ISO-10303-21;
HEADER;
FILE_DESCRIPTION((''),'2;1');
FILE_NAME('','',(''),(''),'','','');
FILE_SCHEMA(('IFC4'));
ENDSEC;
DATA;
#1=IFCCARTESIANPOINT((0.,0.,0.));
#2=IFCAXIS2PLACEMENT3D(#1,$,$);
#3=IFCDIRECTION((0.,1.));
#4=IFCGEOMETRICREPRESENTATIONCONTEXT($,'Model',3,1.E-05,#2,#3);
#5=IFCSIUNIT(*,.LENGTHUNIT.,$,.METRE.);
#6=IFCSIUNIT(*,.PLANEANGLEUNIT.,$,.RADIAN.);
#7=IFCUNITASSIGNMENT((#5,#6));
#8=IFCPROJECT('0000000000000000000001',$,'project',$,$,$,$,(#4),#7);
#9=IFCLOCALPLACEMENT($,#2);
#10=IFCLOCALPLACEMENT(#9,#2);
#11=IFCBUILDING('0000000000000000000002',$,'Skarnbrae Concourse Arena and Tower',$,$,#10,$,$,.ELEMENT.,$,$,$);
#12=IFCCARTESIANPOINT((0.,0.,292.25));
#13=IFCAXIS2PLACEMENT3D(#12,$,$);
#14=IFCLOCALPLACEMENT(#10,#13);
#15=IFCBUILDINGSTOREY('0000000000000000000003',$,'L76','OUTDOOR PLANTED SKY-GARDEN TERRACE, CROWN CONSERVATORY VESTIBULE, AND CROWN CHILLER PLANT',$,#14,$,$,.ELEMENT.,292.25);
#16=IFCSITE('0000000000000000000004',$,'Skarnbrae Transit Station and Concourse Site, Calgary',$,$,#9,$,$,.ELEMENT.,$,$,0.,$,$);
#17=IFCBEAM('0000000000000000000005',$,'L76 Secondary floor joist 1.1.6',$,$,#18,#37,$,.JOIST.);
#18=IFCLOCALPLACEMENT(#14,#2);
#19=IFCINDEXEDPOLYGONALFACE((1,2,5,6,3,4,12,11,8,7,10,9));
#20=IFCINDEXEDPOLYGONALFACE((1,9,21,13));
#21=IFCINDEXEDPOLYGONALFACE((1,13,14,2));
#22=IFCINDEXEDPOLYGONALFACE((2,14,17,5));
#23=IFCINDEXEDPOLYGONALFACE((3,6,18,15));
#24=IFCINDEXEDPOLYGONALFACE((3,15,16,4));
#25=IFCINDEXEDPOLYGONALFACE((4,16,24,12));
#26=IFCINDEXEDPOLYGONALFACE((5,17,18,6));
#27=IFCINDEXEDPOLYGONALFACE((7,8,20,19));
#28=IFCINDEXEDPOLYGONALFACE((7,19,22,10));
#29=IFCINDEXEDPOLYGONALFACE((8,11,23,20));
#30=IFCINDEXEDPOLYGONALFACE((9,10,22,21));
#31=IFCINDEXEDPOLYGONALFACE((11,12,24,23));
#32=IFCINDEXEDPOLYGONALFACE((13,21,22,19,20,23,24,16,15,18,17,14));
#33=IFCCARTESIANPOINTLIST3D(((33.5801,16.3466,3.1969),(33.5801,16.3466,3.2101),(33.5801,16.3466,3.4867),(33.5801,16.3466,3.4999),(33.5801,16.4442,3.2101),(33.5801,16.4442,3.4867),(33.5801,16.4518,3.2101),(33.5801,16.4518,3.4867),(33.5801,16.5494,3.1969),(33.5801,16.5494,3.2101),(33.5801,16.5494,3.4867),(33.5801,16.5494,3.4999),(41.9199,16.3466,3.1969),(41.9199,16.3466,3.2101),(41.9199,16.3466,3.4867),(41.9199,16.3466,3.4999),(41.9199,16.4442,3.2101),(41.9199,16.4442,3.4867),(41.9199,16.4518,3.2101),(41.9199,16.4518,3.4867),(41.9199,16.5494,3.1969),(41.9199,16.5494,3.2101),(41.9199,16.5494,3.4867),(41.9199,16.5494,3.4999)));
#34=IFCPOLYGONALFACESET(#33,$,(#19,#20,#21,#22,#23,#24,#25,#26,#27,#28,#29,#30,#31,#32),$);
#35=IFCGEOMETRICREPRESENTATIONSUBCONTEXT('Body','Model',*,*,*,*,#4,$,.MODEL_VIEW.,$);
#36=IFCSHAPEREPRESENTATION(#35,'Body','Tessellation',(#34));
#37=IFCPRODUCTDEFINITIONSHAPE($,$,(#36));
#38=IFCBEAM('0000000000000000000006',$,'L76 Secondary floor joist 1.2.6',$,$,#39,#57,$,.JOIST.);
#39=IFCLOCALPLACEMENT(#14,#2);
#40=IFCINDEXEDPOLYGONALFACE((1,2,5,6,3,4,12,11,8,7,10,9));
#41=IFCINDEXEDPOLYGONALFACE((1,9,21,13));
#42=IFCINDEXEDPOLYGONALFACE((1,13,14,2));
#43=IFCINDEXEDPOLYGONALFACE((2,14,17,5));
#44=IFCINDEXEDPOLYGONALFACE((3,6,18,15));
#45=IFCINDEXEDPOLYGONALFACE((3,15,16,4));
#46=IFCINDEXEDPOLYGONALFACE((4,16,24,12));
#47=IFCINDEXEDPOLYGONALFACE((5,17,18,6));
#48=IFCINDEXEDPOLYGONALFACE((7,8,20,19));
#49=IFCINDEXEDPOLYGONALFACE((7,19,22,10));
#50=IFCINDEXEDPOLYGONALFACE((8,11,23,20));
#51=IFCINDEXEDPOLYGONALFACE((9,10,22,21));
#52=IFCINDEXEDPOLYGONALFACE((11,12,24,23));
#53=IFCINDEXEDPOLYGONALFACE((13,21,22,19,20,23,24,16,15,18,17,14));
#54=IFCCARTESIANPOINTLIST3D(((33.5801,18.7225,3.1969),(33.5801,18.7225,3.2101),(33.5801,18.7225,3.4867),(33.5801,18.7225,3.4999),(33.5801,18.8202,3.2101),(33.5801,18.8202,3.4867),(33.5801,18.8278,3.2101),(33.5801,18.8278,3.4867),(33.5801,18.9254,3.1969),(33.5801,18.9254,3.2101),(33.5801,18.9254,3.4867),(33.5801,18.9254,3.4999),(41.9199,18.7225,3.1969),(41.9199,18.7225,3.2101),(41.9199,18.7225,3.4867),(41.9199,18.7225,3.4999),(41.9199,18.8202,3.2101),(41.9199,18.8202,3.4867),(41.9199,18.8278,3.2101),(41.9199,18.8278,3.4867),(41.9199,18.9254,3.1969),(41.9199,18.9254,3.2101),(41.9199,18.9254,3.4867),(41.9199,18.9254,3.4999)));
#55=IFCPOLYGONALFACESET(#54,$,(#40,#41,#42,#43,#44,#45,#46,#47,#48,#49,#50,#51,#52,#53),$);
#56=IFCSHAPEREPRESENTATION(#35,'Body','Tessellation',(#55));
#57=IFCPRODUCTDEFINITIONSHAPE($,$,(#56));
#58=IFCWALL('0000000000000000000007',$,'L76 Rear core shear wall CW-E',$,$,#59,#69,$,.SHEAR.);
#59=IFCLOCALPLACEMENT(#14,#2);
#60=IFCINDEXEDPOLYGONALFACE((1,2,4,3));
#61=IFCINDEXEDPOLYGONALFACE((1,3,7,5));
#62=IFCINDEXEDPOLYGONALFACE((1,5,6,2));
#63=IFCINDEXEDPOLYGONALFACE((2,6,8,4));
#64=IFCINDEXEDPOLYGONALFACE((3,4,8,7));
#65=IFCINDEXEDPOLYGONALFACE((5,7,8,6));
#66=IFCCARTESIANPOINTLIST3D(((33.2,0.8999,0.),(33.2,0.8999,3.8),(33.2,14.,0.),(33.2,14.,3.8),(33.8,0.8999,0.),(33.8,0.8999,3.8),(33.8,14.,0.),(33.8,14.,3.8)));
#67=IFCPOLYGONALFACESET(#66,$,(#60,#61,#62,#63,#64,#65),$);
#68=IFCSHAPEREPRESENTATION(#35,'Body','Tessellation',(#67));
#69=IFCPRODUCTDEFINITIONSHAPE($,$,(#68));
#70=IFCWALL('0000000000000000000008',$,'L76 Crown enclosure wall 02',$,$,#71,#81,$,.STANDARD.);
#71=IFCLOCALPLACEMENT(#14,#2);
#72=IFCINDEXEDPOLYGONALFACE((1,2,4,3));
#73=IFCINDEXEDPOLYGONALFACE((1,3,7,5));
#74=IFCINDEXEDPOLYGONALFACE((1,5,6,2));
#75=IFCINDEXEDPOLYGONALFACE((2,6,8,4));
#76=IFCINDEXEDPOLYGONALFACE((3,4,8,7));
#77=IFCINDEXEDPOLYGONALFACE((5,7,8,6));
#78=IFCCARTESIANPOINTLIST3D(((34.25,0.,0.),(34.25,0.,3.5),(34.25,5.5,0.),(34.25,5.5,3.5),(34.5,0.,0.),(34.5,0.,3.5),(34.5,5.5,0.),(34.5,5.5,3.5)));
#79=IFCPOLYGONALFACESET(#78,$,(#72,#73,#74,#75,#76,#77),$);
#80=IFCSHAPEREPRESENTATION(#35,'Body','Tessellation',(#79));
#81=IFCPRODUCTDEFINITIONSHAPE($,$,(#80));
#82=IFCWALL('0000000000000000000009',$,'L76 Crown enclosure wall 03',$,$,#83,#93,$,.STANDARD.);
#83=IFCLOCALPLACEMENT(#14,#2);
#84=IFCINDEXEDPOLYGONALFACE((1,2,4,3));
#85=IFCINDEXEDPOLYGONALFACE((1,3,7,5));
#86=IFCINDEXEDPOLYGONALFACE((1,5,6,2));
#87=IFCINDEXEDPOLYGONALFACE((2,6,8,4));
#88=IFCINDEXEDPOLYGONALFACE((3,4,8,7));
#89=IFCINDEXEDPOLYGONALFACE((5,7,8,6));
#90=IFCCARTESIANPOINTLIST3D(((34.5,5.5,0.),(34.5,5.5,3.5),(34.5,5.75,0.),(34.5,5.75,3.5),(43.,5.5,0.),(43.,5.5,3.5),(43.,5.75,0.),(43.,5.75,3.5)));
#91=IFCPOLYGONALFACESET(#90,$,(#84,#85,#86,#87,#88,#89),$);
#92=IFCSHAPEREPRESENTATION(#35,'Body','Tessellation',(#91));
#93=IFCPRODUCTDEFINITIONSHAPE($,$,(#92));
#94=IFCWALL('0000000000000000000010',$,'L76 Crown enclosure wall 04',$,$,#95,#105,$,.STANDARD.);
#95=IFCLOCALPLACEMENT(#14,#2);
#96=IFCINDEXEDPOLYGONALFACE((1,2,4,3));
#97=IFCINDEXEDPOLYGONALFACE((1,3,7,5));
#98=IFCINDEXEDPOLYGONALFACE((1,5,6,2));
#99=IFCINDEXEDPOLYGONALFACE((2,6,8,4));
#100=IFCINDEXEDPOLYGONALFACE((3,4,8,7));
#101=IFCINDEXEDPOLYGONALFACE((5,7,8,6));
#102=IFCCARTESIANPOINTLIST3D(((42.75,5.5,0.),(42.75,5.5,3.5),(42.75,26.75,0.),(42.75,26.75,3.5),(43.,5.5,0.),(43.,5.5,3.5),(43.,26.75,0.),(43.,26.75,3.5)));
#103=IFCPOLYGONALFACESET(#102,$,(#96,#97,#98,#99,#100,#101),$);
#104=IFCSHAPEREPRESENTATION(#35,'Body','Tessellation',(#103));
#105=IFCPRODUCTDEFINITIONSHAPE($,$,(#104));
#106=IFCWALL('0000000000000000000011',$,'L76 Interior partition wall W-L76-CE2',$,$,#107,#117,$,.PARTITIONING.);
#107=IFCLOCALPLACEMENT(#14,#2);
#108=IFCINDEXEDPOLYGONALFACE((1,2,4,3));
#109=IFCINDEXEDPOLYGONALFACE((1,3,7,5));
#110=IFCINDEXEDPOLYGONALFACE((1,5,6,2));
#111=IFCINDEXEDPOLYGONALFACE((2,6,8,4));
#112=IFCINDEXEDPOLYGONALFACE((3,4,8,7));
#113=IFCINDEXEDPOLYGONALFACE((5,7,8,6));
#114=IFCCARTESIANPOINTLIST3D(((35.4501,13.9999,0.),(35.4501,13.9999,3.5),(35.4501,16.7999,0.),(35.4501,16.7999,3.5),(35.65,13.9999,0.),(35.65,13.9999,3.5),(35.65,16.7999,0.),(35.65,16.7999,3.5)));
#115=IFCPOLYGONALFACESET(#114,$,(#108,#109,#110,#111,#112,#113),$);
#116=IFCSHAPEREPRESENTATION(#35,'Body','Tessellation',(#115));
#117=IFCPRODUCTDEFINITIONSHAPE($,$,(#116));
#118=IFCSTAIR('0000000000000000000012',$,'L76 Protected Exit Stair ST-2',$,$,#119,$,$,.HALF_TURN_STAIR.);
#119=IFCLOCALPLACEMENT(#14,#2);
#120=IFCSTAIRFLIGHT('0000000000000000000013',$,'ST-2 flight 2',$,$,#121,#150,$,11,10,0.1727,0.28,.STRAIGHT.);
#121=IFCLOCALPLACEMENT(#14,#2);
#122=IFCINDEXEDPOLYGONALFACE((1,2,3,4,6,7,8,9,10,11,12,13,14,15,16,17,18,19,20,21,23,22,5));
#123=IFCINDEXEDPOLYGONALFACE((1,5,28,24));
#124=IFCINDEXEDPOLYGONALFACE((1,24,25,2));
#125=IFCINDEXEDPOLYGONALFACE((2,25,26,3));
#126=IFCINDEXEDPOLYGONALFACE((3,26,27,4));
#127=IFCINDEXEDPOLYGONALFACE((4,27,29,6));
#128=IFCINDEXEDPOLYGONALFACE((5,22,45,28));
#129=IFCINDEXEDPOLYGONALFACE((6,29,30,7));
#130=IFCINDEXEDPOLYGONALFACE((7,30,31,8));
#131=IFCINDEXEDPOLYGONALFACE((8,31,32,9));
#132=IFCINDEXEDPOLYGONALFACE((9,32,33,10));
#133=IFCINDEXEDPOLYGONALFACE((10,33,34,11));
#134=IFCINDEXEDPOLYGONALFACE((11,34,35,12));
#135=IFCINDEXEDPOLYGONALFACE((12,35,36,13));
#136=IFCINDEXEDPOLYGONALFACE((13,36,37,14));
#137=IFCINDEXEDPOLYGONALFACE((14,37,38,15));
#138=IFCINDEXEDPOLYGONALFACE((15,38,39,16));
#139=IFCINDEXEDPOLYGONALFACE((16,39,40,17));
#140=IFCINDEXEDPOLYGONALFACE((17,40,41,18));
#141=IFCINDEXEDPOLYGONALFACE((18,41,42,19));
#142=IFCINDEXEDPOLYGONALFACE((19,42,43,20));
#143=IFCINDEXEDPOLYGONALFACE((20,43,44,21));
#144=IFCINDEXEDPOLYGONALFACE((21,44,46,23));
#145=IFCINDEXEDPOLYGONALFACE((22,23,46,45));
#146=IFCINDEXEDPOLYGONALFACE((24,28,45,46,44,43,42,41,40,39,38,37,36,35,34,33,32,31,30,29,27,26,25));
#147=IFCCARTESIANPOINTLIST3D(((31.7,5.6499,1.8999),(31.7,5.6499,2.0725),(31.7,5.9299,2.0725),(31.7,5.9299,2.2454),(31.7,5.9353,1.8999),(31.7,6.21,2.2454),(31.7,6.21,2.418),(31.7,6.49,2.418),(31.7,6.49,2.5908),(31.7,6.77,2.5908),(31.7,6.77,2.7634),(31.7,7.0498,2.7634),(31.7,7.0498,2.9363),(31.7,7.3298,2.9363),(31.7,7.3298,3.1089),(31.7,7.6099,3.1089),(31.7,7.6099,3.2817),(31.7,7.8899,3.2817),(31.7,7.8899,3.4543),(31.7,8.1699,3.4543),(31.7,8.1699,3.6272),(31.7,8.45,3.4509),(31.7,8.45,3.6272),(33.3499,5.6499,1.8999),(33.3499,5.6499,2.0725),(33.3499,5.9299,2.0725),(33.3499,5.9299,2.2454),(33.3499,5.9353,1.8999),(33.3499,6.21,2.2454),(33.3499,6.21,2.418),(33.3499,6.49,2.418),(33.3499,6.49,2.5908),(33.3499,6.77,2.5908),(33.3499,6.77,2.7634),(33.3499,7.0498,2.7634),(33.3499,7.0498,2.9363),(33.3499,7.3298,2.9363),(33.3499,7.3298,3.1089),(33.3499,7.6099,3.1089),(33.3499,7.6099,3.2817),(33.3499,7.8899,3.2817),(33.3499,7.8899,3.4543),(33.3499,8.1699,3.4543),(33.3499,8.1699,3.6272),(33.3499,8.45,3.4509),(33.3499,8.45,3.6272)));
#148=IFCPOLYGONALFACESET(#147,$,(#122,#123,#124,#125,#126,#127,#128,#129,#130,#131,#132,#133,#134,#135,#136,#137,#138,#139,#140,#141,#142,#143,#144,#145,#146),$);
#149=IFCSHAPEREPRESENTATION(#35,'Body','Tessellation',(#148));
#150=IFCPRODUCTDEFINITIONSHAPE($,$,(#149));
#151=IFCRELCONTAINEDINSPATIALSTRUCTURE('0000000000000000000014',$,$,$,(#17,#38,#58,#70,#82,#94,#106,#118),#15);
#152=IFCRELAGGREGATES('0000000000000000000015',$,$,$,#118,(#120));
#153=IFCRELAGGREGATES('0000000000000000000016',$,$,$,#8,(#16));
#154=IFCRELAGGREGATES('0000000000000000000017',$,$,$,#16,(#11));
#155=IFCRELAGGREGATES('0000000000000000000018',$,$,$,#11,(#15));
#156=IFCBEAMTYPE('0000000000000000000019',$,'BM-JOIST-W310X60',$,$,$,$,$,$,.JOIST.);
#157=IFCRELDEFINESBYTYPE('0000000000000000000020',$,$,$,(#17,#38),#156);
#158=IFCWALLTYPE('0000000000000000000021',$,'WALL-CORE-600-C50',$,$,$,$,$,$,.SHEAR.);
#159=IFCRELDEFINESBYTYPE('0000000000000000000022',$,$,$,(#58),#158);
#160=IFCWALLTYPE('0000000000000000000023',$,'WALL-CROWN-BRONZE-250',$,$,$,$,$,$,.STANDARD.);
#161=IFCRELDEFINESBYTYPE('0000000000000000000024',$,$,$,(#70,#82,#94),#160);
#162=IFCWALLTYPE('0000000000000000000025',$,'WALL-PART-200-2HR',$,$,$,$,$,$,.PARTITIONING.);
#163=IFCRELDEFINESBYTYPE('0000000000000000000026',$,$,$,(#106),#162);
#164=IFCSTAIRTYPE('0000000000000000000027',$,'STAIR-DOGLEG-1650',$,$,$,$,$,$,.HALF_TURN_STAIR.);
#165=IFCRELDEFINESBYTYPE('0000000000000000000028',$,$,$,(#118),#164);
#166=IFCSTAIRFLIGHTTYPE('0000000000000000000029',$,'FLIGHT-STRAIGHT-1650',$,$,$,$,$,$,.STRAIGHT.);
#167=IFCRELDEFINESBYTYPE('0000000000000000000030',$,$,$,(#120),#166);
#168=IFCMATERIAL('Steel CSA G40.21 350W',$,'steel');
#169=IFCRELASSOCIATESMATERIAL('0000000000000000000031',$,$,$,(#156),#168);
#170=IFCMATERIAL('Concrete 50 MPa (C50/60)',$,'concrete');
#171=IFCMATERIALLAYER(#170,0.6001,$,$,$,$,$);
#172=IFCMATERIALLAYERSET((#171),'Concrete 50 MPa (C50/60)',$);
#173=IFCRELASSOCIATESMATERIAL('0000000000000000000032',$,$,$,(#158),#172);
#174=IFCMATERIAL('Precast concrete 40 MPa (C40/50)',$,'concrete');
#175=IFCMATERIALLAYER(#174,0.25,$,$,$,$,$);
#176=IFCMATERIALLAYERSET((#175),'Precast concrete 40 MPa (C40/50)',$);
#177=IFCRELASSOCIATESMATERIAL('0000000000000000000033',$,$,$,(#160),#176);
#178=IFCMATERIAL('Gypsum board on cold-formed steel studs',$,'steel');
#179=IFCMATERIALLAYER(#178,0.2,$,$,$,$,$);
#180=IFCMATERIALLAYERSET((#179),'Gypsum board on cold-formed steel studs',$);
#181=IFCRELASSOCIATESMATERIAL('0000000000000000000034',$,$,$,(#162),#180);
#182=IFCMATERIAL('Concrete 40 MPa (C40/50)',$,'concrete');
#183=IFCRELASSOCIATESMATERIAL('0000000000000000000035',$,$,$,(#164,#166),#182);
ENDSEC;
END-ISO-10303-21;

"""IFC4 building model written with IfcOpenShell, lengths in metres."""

from ifc_helpers import new_model, si_unit, direction, frame, frame_2d, origin, origin_2d, place, context, subcontext, project, spatial, polyline, rectangle, i_section, outline, extrude, source, transform, mapped, material, layer, layer_set, material_profile, profile_set, type_object, element, aggregate, save


model = new_model("IFC4")

# Units and contexts
model_context = context("Model", 3, precision=1e-05, world=origin(), true_north=direction((0.0, 1.0)))
body_context = subcontext(model_context, "Body", "Model", "MODEL_VIEW")
ifc_project = project(units=[si_unit("LENGTHUNIT", "METRE"), si_unit("PLANEANGLEUNIT", "RADIAN")], contexts=[model_context])

# Site, building, storey
site_placement = place(None, origin())
site = spatial("IfcSite", under=ifc_project, at=site_placement, Name="Skarnbrae Transit Station and Concourse Site, Calgary", CompositionType="ELEMENT", RefElevation=0.0)
building_placement = place(site_placement, origin())
building = spatial("IfcBuilding", under=site, at=building_placement, Name="Skarnbrae Concourse Arena and Tower", CompositionType="ELEMENT")
storey_placement = place(building_placement, frame((0.0, 0.0, 292.25)))
storey = spatial("IfcBuildingStorey", under=building, at=storey_placement, Name="L76", Description="OUTDOOR PLANTED SKY-GARDEN TERRACE, CROWN CONSERVATORY VESTIBULE, AND CROWN CHILLER PLANT", CompositionType="ELEMENT", Elevation=292.25)

# Shared definitions
ifc_material_1 = material(Name="Steel CSA G40.21 350W", Category="steel")

# Beams
ifc_material_profile_1 = material_profile(ifc_material_1, i_section(OverallWidth=0.2029, OverallDepth=0.303, WebThickness=0.0076, FlangeThickness=0.0132, at=origin_2d()), Name="W310X60")
ifc_profile_set_1 = profile_set([ifc_material_profile_1], Name="Steel CSA G40.21 350W")
beam_type_1 = type_object("IfcBeamType", Name="BM-JOIST-W310X60", PredefinedType="JOIST", material=ifc_profile_set_1)
shared_shape_1 = source(origin(), body_context, "Body", "SweptSolid", [
    extrude(i_section(OverallWidth=0.2029, OverallDepth=0.303, WebThickness=0.0076, FlangeThickness=0.0132, at=origin_2d()), origin(), (0.0, 0.0, 1.0), 8.3398),
])
for number, where, z_axis, x_axis, name in (
    (1, (33.5801, 16.448, 3.3484), (1.0, 0.0, 0.0), (0.0, 1.0, 0.0), "L76 Secondary floor joist 1.1.6"),
    (2, (33.5801, 18.824, 3.3484), (1.0, 0.0, 0.0), (0.0, 1.0, 0.0), "L76 Secondary floor joist 1.2.6"),
):
    element("IfcBeam", number, at=place(storey_placement, frame(where, z_axis=z_axis, x_axis=x_axis)), inside=storey, type_object=beam_type_1, Name=name, PredefinedType="JOIST", context=body_context, shape_type="MappedRepresentation", body=[
        mapped(shared_shape_1, transform((0.0, 0.0, 0.0))),
    ])

# Walls
ifc_material_2 = material(Name="Concrete 50 MPa (C50/60)", Category="concrete")
ifc_layer_1 = layer(ifc_material_2, 0.6001)
ifc_layer_set_1 = layer_set([ifc_layer_1], Name="Concrete 50 MPa (C50/60)")
wall_type_1 = type_object("IfcWallType", Name="WALL-CORE-600-C50", PredefinedType="SHEAR", material=ifc_layer_set_1)
shared_shape_2 = source(origin(), body_context, "Body", "SweptSolid", [
    extrude(rectangle(XDim=13.1001, YDim=0.6001, at=frame_2d((6.55, 0.0))), origin(), (0.0, 0.0, 1.0), 3.8),
])
wall_1_placement = place(storey_placement, frame((33.5, 0.8999, 0.0), z_axis=(0.0, 0.0, 1.0), x_axis=(0.0, 1.0, 0.0)))
element("IfcWall", 3, at=wall_1_placement, inside=storey, type_object=wall_type_1, Name="L76 Rear core shear wall CW-E", PredefinedType="SHEAR", context=body_context, shape_type="MappedRepresentation", body=[
    mapped(shared_shape_2, transform((0.0, 0.0, 0.0))),
])
ifc_material_3 = material(Name="Precast concrete 40 MPa (C40/50)", Category="concrete")
ifc_layer_2 = layer(ifc_material_3, 0.25)
ifc_layer_set_2 = layer_set([ifc_layer_2], Name="Precast concrete 40 MPa (C40/50)")
wall_type_2 = type_object("IfcWallType", Name="WALL-CROWN-BRONZE-250", PredefinedType="STANDARD", material=ifc_layer_set_2)
shared_shape_3 = source(origin(), body_context, "Body", "SweptSolid", [
    extrude(rectangle(XDim=5.5, YDim=0.25, at=frame_2d((2.75, 0.0))), origin(), (0.0, 0.0, 1.0), 3.5),
])
wall_2_placement = place(storey_placement, frame((34.375, 0.0, 0.0), z_axis=(0.0, 0.0, 1.0), x_axis=(0.0, 1.0, 0.0)))
element("IfcWall", 4, at=wall_2_placement, inside=storey, type_object=wall_type_2, Name="L76 Crown enclosure wall 02", PredefinedType="STANDARD", context=body_context, shape_type="MappedRepresentation", body=[
    mapped(shared_shape_3, transform((0.0, 0.0, 0.0))),
])
shared_shape_4 = source(origin(), body_context, "Body", "SweptSolid", [
    extrude(rectangle(XDim=8.5, YDim=0.25, at=frame_2d((4.25, 0.0))), origin(), (0.0, 0.0, 1.0), 3.5),
])
wall_3_placement = place(storey_placement, frame((34.5, 5.625, 0.0), z_axis=(0.0, 0.0, 1.0), x_axis=(1.0, 0.0, 0.0)))
element("IfcWall", 5, at=wall_3_placement, inside=storey, type_object=wall_type_2, Name="L76 Crown enclosure wall 03", PredefinedType="STANDARD", context=body_context, shape_type="MappedRepresentation", body=[
    mapped(shared_shape_4, transform((0.0, 0.0, 0.0))),
])
shared_shape_5 = source(origin(), body_context, "Body", "SweptSolid", [
    extrude(rectangle(XDim=21.25, YDim=0.25, at=frame_2d((10.625, 0.0))), origin(), (0.0, 0.0, 1.0), 3.5),
])
wall_4_placement = place(storey_placement, frame((42.875, 5.5, 0.0), z_axis=(0.0, 0.0, 1.0), x_axis=(0.0, 1.0, 0.0)))
element("IfcWall", 6, at=wall_4_placement, inside=storey, type_object=wall_type_2, Name="L76 Crown enclosure wall 04", PredefinedType="STANDARD", context=body_context, shape_type="MappedRepresentation", body=[
    mapped(shared_shape_5, transform((0.0, 0.0, 0.0))),
])
ifc_material_4 = material(Name="Gypsum board on cold-formed steel studs", Category="steel")
ifc_layer_3 = layer(ifc_material_4, 0.2)
ifc_layer_set_3 = layer_set([ifc_layer_3], Name="Gypsum board on cold-formed steel studs")
wall_type_3 = type_object("IfcWallType", Name="WALL-PART-200-2HR", PredefinedType="PARTITIONING", material=ifc_layer_set_3)
shared_shape_6 = source(origin(), body_context, "Body", "SweptSolid", [
    extrude(rectangle(XDim=2.8, YDim=0.2, at=frame_2d((1.3999, 0.0))), origin(), (0.0, 0.0, 1.0), 3.5),
])
wall_5_placement = place(storey_placement, frame((35.55, 14.0, 0.0), z_axis=(0.0, 0.0, 1.0), x_axis=(0.0, 1.0, 0.0)))
element("IfcWall", 7, at=wall_5_placement, inside=storey, type_object=wall_type_3, Name="L76 Interior partition wall W-L76-CE2", PredefinedType="PARTITIONING", context=body_context, shape_type="MappedRepresentation", body=[
    mapped(shared_shape_6, transform((0.0, 0.0, 0.0))),
])

# Stair, stair flight
ifc_material_5 = material(Name="Concrete 40 MPa (C40/50)", Category="concrete")
stair_type = type_object("IfcStairType", Name="STAIR-DOGLEG-1650", PredefinedType="HALF_TURN_STAIR", material=ifc_material_5)
stair_placement = place(storey_placement, origin())
stair = element("IfcStair", 8, at=stair_placement, inside=storey, type_object=stair_type, Name="L76 Protected Exit Stair ST-2", PredefinedType="HALF_TURN_STAIR")
stair_flight_type = type_object("IfcStairFlightType", Name="FLIGHT-STRAIGHT-1650", PredefinedType="STRAIGHT", material=ifc_material_5)
shared_shape_7 = source(origin(), body_context, "Body", "SweptSolid", [
    extrude(outline(polyline([(0.0, 0.0), (0.0, 0.1726), (0.28, 0.1726), (0.28, 0.3455), (0.5601, 0.3455), (0.5601, 0.5181), (0.8401, 0.5181), (0.8401, 0.6909), (1.1201, 0.6909), (1.1201, 0.8635), (1.3999, 0.8635), (1.3999, 1.0364), (1.6799, 1.0364), (1.6799, 1.209), (1.96, 1.209), (1.96, 1.3818), (2.24, 1.3818), (2.24, 1.5544), (2.52, 1.5544), (2.52, 1.7273), (2.8, 1.7273), (2.8, 1.8999), (2.8, 1.551), (0.2854, 0.0), (0.0, 0.0)])), frame((0.0, 0.825, 0.0), z_axis=(0.0, -1.0, 0.0), x_axis=(1.0, 0.0, 0.0)), (0.0, 0.0, 1.0), 1.6499),
])
stair_flight_placement = place(storey_placement, frame((32.5249, 5.6499, 1.8999), z_axis=(0.0, 0.0, 1.0), x_axis=(0.0, 1.0, 0.0)))
stair_flight = element("IfcStairFlight", 9, at=stair_flight_placement, type_object=stair_flight_type, Name="ST-2 flight 2", NumberOfRisers=11, NumberOfTreads=10, PredefinedType="STRAIGHT", RiserHeight=0.1727, TreadLength=0.28, context=body_context, shape_type="MappedRepresentation", body=[
    mapped(shared_shape_7, transform((0.0, 0.0, 0.0))),
])
aggregate(stair, [stair_flight])

save(model, "model.ifc")
